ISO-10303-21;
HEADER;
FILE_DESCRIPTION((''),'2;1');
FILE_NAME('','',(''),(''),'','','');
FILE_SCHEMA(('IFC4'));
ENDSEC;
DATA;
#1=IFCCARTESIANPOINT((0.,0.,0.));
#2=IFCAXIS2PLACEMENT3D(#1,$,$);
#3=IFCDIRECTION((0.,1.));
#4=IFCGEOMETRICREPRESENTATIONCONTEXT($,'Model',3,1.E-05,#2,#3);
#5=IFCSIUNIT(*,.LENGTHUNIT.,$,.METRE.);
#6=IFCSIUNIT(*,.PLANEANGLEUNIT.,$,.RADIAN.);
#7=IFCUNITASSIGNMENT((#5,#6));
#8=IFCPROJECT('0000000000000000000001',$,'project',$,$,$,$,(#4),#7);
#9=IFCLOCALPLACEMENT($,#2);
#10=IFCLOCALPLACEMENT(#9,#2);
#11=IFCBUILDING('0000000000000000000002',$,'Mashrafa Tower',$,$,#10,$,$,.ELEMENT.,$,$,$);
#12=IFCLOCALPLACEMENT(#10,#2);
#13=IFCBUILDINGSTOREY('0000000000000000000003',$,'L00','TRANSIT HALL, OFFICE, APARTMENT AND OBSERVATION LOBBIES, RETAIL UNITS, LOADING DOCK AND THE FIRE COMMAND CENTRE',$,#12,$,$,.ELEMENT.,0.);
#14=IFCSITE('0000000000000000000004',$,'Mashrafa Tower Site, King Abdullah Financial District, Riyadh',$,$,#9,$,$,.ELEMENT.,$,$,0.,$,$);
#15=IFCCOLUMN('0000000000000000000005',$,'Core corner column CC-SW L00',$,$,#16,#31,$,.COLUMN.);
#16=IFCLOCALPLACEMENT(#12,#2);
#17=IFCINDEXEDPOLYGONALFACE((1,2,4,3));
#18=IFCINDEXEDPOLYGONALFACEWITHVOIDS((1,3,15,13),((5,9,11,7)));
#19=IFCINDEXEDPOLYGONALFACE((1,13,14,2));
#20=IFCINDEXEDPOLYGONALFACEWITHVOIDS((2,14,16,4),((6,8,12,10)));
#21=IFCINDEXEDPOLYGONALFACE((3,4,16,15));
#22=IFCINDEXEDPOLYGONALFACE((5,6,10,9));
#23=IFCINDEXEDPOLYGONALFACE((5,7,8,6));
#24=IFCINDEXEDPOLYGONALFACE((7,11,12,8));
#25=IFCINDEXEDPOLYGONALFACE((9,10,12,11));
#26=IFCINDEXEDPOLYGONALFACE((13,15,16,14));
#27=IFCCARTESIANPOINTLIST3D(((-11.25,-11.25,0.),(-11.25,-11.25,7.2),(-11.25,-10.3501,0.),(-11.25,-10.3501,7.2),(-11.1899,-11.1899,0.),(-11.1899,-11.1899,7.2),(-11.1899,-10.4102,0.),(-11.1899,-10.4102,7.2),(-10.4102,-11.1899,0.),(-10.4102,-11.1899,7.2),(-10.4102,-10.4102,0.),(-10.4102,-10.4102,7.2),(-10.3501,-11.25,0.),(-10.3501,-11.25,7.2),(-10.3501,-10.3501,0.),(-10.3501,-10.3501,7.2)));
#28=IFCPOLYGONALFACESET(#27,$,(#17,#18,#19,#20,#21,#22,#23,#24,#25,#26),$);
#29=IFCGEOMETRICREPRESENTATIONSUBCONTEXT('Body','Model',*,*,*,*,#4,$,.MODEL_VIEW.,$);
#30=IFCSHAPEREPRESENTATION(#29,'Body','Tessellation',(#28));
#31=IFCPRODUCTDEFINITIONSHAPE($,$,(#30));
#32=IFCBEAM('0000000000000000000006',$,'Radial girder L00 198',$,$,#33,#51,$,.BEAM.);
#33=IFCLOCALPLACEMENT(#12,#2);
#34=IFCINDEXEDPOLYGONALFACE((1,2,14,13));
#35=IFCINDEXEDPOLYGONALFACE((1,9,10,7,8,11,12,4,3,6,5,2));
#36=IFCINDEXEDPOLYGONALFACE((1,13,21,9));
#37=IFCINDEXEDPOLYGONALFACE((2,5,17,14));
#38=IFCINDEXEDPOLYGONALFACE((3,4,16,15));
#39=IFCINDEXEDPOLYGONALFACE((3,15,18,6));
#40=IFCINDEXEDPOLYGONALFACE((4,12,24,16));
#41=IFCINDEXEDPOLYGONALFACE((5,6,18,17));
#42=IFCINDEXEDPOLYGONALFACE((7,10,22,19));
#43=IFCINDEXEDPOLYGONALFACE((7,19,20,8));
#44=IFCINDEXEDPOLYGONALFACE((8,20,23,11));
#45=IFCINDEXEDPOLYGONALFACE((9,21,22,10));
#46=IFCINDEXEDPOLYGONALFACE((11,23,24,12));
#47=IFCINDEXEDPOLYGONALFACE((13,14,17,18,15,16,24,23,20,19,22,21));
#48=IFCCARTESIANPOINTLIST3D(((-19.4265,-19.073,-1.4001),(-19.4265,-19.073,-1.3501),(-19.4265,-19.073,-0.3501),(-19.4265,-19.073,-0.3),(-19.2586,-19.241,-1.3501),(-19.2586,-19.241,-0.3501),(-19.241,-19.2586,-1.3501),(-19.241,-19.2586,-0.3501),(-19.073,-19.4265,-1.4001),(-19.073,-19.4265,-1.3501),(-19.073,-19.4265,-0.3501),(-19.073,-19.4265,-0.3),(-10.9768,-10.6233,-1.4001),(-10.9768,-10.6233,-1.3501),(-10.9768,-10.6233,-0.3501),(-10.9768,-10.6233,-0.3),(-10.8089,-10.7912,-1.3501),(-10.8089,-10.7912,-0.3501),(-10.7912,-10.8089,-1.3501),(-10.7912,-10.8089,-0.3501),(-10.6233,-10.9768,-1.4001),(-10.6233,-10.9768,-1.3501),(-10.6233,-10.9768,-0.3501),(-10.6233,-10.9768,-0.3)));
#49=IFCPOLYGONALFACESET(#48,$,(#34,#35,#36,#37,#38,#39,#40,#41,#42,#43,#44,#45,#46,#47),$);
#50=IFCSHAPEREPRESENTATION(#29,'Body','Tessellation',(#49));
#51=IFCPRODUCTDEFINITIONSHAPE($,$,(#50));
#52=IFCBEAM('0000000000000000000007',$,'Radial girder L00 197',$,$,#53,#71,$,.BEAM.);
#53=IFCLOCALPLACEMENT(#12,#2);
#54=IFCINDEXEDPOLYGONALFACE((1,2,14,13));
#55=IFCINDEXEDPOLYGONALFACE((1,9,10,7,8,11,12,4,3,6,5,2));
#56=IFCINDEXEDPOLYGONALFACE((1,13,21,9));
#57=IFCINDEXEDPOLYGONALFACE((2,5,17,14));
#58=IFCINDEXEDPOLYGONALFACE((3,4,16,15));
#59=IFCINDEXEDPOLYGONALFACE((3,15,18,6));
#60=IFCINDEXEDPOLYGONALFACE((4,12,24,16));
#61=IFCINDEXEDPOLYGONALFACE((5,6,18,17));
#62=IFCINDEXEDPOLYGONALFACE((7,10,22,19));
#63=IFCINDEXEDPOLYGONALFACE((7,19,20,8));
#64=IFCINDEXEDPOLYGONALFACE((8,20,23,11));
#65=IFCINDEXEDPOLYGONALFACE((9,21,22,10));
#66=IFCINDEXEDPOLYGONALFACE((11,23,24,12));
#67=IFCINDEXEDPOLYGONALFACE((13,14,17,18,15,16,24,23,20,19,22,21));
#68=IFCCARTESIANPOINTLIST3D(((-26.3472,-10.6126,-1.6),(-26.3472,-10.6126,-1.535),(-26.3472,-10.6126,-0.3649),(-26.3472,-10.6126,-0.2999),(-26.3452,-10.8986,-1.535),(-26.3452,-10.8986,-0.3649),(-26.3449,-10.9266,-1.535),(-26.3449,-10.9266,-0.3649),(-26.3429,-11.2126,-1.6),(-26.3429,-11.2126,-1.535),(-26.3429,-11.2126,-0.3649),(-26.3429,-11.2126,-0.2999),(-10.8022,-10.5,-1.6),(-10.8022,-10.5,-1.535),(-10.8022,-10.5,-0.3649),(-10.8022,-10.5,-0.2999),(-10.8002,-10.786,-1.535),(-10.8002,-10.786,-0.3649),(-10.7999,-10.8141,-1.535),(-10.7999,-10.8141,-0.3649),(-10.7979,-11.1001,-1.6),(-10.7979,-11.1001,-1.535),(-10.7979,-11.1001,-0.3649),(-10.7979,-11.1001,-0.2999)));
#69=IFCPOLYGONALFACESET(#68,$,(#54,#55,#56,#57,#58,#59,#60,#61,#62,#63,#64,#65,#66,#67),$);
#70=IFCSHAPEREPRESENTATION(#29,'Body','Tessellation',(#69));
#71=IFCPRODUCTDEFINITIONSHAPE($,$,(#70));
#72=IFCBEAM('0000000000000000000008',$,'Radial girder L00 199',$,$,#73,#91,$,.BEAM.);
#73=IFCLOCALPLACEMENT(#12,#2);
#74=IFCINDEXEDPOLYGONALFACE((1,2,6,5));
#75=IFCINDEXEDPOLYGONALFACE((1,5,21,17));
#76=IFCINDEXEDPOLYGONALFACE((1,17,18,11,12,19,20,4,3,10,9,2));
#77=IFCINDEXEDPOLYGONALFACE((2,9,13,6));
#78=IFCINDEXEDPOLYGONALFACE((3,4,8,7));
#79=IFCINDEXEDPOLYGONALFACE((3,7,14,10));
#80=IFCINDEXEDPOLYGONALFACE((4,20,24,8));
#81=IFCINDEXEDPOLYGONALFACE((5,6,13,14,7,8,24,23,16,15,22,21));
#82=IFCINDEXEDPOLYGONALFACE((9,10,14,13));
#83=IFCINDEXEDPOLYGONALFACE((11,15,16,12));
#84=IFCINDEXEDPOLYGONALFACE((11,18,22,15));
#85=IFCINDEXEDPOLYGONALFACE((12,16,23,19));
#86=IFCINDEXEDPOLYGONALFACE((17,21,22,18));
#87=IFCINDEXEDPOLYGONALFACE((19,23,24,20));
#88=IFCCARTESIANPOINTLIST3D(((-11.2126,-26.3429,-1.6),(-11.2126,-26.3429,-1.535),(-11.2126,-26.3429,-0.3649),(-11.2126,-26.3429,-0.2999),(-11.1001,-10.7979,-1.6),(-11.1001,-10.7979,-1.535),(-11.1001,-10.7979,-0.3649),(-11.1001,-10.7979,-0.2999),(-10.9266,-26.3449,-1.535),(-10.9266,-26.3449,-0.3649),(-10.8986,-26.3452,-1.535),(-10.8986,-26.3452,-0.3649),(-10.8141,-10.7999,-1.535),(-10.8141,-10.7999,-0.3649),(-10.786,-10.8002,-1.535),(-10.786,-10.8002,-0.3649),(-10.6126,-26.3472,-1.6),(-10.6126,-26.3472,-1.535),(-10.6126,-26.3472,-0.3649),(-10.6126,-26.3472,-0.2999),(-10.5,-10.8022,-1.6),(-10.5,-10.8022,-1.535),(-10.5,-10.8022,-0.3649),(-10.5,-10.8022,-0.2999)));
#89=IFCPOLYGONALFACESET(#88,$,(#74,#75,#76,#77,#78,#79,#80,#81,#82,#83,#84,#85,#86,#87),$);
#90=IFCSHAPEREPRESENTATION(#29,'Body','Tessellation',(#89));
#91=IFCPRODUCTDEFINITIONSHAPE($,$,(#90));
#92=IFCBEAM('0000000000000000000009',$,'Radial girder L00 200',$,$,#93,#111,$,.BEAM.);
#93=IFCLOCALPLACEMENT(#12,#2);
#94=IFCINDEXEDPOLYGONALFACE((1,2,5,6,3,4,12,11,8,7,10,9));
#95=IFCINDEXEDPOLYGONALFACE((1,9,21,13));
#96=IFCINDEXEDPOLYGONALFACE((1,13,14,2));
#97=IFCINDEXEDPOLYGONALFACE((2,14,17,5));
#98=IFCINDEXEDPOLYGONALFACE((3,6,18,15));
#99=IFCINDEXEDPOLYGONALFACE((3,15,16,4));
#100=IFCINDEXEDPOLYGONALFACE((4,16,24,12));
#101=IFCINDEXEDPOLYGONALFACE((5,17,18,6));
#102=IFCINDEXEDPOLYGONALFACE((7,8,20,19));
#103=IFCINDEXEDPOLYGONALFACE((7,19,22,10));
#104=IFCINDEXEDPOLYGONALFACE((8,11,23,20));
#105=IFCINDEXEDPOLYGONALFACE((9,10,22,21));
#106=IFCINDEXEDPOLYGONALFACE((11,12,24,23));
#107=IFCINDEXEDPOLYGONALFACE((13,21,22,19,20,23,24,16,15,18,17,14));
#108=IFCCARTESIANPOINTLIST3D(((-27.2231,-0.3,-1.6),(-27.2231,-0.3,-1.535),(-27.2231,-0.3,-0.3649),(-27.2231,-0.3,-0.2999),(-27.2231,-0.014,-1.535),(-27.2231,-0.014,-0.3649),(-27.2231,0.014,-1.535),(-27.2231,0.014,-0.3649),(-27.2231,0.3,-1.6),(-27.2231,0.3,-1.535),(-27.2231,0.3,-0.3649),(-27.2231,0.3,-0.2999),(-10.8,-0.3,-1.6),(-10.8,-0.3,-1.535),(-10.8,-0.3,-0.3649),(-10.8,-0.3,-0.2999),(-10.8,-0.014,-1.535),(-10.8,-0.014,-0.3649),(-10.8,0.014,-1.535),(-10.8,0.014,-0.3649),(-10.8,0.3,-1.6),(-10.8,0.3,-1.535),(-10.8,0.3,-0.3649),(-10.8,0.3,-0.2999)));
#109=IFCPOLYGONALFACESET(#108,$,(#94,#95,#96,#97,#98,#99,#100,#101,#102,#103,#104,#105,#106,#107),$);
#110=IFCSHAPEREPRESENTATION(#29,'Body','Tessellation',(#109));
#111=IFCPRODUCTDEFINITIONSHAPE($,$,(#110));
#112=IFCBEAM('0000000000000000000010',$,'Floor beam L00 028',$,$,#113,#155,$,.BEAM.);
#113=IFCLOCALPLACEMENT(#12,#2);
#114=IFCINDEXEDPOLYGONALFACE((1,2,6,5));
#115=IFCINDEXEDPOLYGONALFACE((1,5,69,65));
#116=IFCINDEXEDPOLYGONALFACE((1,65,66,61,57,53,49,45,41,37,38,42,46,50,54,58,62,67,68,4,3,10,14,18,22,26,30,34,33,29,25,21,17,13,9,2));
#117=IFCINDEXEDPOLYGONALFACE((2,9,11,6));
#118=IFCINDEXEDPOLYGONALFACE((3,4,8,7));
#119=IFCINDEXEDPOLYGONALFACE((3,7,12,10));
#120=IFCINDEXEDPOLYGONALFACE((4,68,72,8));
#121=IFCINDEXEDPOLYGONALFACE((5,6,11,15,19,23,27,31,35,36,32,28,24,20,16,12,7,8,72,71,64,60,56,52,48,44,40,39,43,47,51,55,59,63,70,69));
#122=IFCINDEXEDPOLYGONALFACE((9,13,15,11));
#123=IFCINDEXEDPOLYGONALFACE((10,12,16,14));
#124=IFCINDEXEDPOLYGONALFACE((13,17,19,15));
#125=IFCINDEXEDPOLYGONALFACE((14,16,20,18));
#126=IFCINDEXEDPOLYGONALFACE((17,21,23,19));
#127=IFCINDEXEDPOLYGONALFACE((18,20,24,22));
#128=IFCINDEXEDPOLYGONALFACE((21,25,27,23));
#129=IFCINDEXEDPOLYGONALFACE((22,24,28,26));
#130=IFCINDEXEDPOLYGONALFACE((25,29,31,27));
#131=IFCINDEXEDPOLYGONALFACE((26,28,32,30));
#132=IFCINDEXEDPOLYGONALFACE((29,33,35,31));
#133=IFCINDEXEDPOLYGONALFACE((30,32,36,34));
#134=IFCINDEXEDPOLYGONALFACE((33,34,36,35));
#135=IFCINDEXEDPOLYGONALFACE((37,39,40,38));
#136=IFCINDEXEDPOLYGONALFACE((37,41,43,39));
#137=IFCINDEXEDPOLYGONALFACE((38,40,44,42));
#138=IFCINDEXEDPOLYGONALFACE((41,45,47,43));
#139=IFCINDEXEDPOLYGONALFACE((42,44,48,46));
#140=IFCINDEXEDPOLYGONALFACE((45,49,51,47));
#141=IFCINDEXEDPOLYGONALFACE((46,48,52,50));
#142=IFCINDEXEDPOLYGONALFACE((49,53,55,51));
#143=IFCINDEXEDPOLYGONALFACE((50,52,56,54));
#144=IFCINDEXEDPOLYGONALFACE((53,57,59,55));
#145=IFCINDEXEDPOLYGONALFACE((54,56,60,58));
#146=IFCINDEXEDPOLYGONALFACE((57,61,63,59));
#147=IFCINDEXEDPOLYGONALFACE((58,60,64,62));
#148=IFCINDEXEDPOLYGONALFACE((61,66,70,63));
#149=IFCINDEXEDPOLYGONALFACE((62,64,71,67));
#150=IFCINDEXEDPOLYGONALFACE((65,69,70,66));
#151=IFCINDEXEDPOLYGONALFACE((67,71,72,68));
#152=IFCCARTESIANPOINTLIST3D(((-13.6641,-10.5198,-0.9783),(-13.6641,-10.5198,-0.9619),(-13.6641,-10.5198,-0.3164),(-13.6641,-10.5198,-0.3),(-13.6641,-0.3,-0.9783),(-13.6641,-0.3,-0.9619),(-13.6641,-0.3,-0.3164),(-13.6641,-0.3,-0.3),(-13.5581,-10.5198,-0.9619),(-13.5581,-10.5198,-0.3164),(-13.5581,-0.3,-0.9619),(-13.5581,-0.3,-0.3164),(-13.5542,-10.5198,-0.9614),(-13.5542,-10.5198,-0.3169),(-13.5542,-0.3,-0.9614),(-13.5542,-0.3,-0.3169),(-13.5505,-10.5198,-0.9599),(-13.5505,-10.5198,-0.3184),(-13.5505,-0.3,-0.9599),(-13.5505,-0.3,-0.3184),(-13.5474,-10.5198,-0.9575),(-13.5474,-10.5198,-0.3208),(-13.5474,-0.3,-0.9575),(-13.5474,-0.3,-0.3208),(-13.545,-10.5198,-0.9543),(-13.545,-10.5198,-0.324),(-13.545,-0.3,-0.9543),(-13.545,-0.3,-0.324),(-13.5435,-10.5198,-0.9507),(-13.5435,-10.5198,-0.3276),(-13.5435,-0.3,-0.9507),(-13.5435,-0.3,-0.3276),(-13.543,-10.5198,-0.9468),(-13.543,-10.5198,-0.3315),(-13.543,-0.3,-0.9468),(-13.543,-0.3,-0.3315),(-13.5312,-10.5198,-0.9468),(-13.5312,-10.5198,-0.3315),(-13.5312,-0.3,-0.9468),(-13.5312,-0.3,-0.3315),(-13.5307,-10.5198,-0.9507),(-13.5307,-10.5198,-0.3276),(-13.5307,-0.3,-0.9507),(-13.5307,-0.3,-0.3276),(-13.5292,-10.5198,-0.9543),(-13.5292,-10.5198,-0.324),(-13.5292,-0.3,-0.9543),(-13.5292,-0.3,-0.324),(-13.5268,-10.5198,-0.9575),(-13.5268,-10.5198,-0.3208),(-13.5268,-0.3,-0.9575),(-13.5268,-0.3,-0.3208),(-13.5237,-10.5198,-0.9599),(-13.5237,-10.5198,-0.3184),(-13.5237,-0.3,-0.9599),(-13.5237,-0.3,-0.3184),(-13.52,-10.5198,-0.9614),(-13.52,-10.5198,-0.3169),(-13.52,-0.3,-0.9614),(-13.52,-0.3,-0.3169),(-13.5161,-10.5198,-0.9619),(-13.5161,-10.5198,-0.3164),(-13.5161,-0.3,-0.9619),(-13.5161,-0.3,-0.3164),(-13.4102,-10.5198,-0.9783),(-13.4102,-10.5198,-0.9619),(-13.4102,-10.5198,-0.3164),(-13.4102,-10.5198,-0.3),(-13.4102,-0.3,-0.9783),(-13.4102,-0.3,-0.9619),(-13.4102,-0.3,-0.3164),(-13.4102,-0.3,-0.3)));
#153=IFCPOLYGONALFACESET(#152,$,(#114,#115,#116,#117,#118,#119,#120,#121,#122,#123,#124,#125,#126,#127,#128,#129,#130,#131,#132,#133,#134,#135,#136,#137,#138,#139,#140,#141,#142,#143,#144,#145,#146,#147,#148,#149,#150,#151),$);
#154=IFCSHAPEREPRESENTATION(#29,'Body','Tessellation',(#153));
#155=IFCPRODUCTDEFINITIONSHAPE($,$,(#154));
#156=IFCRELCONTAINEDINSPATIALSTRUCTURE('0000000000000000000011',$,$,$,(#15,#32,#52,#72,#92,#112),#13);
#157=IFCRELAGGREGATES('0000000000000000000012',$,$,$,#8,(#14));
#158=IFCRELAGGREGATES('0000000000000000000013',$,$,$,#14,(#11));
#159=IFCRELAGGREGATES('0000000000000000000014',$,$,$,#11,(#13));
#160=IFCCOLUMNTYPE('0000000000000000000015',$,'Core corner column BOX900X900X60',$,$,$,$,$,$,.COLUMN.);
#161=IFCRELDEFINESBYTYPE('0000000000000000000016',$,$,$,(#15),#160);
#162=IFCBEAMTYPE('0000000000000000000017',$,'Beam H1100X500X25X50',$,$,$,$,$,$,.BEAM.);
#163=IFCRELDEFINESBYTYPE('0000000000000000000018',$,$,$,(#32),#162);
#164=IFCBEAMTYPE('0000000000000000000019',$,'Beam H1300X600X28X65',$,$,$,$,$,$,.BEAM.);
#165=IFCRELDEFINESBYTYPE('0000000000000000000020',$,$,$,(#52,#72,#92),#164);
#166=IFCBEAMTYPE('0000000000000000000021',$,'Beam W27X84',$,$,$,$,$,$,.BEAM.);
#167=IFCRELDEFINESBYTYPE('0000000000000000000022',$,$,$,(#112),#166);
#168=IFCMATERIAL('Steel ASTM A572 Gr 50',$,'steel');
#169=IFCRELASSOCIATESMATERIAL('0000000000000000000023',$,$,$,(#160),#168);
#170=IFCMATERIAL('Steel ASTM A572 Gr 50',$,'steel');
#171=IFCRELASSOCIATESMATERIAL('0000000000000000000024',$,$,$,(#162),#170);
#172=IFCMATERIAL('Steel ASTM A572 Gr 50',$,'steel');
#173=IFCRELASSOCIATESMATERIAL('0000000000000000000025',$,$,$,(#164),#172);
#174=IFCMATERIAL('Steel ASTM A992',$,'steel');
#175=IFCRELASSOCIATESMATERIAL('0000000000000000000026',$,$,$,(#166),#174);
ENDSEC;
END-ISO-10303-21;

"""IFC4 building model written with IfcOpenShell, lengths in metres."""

from ifc_helpers import new_model, si_unit, direction, frame, origin, origin_2d, place, context, subcontext, project, spatial, hollow_rectangle, i_section, extrude, material, material_profile, profile_set, type_object, element, save


model = new_model("IFC4")

# Units and contexts
model_context = context("Model", 3, precision=1e-05, world=origin(), true_north=direction((0.0, 1.0)))
body_context = subcontext(model_context, "Body", "Model", "MODEL_VIEW")
ifc_project = project(units=[si_unit("LENGTHUNIT", "METRE"), si_unit("PLANEANGLEUNIT", "RADIAN")], contexts=[model_context])

# Site, building, storey
site_placement = place(None, origin())
site = spatial("IfcSite", under=ifc_project, at=site_placement, Name="Mashrafa Tower Site, King Abdullah Financial District, Riyadh", CompositionType="ELEMENT", RefElevation=0.0)
building_placement = place(site_placement, origin())
building = spatial("IfcBuilding", under=site, at=building_placement, Name="Mashrafa Tower", CompositionType="ELEMENT")
storey_placement = place(building_placement, origin())
storey = spatial("IfcBuildingStorey", under=building, at=storey_placement, Name="L00", Description="TRANSIT HALL, OFFICE, APARTMENT AND OBSERVATION LOBBIES, RETAIL UNITS, LOADING DOCK AND THE FIRE COMMAND CENTRE", CompositionType="ELEMENT", Elevation=0.0)

# Column
ifc_material_1 = material(Name="Steel ASTM A572 Gr 50", Category="steel")
ifc_material_profile_1 = material_profile(ifc_material_1, hollow_rectangle(XDim=0.8999, YDim=0.8999, WallThickness=0.0601, at=origin_2d()), Name="BOX900X900X60")
ifc_profile_set_1 = profile_set([ifc_material_profile_1], Name="Steel ASTM A572 Gr 50")
column_type = type_object("IfcColumnType", Name="Core corner column BOX900X900X60", PredefinedType="COLUMN", material=ifc_profile_set_1)
column_placement = place(storey_placement, frame((-10.8, -10.8, 0.0), z_axis=(0.0, 0.0, 1.0), x_axis=(1.0, 0.0, 0.0)))
element("IfcColumn", 1, at=column_placement, inside=storey, type_object=column_type, Name="Core corner column CC-SW L00", PredefinedType="COLUMN", context=body_context, shape_type="SweptSolid", body=[
    extrude(hollow_rectangle(XDim=0.8999, YDim=0.8999, WallThickness=0.0601, at=origin_2d()), origin(), (0.0, 0.0, 1.0), 7.2),
])

# Beams
ifc_material_2 = material(Name="Steel ASTM A572 Gr 50", Category="steel")
ifc_material_profile_2 = material_profile(ifc_material_2, i_section(OverallWidth=0.5, OverallDepth=1.1001, WebThickness=0.0249, FlangeThickness=0.05, at=origin_2d()), Name="H1100X500X25X50")
ifc_profile_set_2 = profile_set([ifc_material_profile_2], Name="Steel ASTM A572 Gr 50")
beam_type_1 = type_object("IfcBeamType", Name="Beam H1100X500X25X50", PredefinedType="BEAM", material=ifc_profile_set_2)
beam_1_placement = place(storey_placement, frame((-10.8, -10.8, -0.8501), z_axis=(-0.707107, -0.707107, 0.0), x_axis=(0.707107, -0.707107, 0.0)))
element("IfcBeam", 2, at=beam_1_placement, inside=storey, type_object=beam_type_1, Name="Radial girder L00 198", PredefinedType="BEAM", context=body_context, shape_type="SweptSolid", body=[
    extrude(i_section(OverallWidth=0.5, OverallDepth=1.1001, WebThickness=0.0249, FlangeThickness=0.05, at=origin_2d()), origin(), (0.0, 0.0, 1.0), 11.9497),
])
ifc_material_3 = material(Name="Steel ASTM A572 Gr 50", Category="steel")
ifc_material_profile_3 = material_profile(ifc_material_3, i_section(OverallWidth=0.6001, OverallDepth=1.3, WebThickness=0.0281, FlangeThickness=0.0649, at=origin_2d()), Name="H1300X600X28X65")
ifc_profile_set_3 = profile_set([ifc_material_profile_3], Name="Steel ASTM A572 Gr 50")
beam_type_2 = type_object("IfcBeamType", Name="Beam H1300X600X28X65", PredefinedType="BEAM", material=ifc_profile_set_3)
for number, where, z_axis, x_axis, name in (
    (3, (-10.8, -10.8, -0.95), (-0.999974, -0.00724, 0.0), (0.00724, -0.999974, 0.0), "Radial girder L00 197"),
    (4, (-10.8, -10.8, -0.95), (-0.00724, -0.999974, 0.0), (0.999974, -0.00724, 0.0), "Radial girder L00 199"),
):
    element("IfcBeam", number, at=place(storey_placement, frame(where, z_axis=z_axis, x_axis=x_axis)), inside=storey, type_object=beam_type_2, Name=name, PredefinedType="BEAM", context=body_context, shape_type="SweptSolid", body=[
        extrude(i_section(OverallWidth=0.6001, OverallDepth=1.3, WebThickness=0.0281, FlangeThickness=0.0649, at=origin_2d()), origin(), (0.0, 0.0, 1.0), 15.5454),
    ])
beam_2_placement = place(storey_placement, frame((-10.8, 0.0, -0.95), z_axis=(-1.0, 0.0, 0.0), x_axis=(0.0, -1.0, 0.0)))
element("IfcBeam", 5, at=beam_2_placement, inside=storey, type_object=beam_type_2, Name="Radial girder L00 200", PredefinedType="BEAM", context=body_context, shape_type="SweptSolid", body=[
    extrude(i_section(OverallWidth=0.6001, OverallDepth=1.3, WebThickness=0.0281, FlangeThickness=0.0649, at=origin_2d()), origin(), (0.0, 0.0, 1.0), 16.4231),
])
ifc_material_4 = material(Name="Steel ASTM A992", Category="steel")
ifc_material_profile_4 = material_profile(ifc_material_4, i_section(OverallWidth=0.2539, OverallDepth=0.6782, WebThickness=0.0117, FlangeThickness=0.0164, FilletRadius=0.0151, at=origin_2d()), Name="W27X84")
ifc_profile_set_4 = profile_set([ifc_material_profile_4], Name="Steel ASTM A992")
beam_type_3 = type_object("IfcBeamType", Name="Beam W27X84", PredefinedType="BEAM", material=ifc_profile_set_4)
beam_3_placement = place(storey_placement, frame((-13.5371, -10.5198, -0.6392), z_axis=(0.0, 1.0, 0.0), x_axis=(-1.0, 0.0, 0.0)))
element("IfcBeam", 6, at=beam_3_placement, inside=storey, type_object=beam_type_3, Name="Floor beam L00 028", PredefinedType="BEAM", context=body_context, shape_type="SweptSolid", body=[
    extrude(i_section(OverallWidth=0.2539, OverallDepth=0.6782, WebThickness=0.0117, FlangeThickness=0.0164, FilletRadius=0.0151, at=origin_2d()), origin(), (0.0, 0.0, 1.0), 10.2197),
])

save(model, "model.ifc")
